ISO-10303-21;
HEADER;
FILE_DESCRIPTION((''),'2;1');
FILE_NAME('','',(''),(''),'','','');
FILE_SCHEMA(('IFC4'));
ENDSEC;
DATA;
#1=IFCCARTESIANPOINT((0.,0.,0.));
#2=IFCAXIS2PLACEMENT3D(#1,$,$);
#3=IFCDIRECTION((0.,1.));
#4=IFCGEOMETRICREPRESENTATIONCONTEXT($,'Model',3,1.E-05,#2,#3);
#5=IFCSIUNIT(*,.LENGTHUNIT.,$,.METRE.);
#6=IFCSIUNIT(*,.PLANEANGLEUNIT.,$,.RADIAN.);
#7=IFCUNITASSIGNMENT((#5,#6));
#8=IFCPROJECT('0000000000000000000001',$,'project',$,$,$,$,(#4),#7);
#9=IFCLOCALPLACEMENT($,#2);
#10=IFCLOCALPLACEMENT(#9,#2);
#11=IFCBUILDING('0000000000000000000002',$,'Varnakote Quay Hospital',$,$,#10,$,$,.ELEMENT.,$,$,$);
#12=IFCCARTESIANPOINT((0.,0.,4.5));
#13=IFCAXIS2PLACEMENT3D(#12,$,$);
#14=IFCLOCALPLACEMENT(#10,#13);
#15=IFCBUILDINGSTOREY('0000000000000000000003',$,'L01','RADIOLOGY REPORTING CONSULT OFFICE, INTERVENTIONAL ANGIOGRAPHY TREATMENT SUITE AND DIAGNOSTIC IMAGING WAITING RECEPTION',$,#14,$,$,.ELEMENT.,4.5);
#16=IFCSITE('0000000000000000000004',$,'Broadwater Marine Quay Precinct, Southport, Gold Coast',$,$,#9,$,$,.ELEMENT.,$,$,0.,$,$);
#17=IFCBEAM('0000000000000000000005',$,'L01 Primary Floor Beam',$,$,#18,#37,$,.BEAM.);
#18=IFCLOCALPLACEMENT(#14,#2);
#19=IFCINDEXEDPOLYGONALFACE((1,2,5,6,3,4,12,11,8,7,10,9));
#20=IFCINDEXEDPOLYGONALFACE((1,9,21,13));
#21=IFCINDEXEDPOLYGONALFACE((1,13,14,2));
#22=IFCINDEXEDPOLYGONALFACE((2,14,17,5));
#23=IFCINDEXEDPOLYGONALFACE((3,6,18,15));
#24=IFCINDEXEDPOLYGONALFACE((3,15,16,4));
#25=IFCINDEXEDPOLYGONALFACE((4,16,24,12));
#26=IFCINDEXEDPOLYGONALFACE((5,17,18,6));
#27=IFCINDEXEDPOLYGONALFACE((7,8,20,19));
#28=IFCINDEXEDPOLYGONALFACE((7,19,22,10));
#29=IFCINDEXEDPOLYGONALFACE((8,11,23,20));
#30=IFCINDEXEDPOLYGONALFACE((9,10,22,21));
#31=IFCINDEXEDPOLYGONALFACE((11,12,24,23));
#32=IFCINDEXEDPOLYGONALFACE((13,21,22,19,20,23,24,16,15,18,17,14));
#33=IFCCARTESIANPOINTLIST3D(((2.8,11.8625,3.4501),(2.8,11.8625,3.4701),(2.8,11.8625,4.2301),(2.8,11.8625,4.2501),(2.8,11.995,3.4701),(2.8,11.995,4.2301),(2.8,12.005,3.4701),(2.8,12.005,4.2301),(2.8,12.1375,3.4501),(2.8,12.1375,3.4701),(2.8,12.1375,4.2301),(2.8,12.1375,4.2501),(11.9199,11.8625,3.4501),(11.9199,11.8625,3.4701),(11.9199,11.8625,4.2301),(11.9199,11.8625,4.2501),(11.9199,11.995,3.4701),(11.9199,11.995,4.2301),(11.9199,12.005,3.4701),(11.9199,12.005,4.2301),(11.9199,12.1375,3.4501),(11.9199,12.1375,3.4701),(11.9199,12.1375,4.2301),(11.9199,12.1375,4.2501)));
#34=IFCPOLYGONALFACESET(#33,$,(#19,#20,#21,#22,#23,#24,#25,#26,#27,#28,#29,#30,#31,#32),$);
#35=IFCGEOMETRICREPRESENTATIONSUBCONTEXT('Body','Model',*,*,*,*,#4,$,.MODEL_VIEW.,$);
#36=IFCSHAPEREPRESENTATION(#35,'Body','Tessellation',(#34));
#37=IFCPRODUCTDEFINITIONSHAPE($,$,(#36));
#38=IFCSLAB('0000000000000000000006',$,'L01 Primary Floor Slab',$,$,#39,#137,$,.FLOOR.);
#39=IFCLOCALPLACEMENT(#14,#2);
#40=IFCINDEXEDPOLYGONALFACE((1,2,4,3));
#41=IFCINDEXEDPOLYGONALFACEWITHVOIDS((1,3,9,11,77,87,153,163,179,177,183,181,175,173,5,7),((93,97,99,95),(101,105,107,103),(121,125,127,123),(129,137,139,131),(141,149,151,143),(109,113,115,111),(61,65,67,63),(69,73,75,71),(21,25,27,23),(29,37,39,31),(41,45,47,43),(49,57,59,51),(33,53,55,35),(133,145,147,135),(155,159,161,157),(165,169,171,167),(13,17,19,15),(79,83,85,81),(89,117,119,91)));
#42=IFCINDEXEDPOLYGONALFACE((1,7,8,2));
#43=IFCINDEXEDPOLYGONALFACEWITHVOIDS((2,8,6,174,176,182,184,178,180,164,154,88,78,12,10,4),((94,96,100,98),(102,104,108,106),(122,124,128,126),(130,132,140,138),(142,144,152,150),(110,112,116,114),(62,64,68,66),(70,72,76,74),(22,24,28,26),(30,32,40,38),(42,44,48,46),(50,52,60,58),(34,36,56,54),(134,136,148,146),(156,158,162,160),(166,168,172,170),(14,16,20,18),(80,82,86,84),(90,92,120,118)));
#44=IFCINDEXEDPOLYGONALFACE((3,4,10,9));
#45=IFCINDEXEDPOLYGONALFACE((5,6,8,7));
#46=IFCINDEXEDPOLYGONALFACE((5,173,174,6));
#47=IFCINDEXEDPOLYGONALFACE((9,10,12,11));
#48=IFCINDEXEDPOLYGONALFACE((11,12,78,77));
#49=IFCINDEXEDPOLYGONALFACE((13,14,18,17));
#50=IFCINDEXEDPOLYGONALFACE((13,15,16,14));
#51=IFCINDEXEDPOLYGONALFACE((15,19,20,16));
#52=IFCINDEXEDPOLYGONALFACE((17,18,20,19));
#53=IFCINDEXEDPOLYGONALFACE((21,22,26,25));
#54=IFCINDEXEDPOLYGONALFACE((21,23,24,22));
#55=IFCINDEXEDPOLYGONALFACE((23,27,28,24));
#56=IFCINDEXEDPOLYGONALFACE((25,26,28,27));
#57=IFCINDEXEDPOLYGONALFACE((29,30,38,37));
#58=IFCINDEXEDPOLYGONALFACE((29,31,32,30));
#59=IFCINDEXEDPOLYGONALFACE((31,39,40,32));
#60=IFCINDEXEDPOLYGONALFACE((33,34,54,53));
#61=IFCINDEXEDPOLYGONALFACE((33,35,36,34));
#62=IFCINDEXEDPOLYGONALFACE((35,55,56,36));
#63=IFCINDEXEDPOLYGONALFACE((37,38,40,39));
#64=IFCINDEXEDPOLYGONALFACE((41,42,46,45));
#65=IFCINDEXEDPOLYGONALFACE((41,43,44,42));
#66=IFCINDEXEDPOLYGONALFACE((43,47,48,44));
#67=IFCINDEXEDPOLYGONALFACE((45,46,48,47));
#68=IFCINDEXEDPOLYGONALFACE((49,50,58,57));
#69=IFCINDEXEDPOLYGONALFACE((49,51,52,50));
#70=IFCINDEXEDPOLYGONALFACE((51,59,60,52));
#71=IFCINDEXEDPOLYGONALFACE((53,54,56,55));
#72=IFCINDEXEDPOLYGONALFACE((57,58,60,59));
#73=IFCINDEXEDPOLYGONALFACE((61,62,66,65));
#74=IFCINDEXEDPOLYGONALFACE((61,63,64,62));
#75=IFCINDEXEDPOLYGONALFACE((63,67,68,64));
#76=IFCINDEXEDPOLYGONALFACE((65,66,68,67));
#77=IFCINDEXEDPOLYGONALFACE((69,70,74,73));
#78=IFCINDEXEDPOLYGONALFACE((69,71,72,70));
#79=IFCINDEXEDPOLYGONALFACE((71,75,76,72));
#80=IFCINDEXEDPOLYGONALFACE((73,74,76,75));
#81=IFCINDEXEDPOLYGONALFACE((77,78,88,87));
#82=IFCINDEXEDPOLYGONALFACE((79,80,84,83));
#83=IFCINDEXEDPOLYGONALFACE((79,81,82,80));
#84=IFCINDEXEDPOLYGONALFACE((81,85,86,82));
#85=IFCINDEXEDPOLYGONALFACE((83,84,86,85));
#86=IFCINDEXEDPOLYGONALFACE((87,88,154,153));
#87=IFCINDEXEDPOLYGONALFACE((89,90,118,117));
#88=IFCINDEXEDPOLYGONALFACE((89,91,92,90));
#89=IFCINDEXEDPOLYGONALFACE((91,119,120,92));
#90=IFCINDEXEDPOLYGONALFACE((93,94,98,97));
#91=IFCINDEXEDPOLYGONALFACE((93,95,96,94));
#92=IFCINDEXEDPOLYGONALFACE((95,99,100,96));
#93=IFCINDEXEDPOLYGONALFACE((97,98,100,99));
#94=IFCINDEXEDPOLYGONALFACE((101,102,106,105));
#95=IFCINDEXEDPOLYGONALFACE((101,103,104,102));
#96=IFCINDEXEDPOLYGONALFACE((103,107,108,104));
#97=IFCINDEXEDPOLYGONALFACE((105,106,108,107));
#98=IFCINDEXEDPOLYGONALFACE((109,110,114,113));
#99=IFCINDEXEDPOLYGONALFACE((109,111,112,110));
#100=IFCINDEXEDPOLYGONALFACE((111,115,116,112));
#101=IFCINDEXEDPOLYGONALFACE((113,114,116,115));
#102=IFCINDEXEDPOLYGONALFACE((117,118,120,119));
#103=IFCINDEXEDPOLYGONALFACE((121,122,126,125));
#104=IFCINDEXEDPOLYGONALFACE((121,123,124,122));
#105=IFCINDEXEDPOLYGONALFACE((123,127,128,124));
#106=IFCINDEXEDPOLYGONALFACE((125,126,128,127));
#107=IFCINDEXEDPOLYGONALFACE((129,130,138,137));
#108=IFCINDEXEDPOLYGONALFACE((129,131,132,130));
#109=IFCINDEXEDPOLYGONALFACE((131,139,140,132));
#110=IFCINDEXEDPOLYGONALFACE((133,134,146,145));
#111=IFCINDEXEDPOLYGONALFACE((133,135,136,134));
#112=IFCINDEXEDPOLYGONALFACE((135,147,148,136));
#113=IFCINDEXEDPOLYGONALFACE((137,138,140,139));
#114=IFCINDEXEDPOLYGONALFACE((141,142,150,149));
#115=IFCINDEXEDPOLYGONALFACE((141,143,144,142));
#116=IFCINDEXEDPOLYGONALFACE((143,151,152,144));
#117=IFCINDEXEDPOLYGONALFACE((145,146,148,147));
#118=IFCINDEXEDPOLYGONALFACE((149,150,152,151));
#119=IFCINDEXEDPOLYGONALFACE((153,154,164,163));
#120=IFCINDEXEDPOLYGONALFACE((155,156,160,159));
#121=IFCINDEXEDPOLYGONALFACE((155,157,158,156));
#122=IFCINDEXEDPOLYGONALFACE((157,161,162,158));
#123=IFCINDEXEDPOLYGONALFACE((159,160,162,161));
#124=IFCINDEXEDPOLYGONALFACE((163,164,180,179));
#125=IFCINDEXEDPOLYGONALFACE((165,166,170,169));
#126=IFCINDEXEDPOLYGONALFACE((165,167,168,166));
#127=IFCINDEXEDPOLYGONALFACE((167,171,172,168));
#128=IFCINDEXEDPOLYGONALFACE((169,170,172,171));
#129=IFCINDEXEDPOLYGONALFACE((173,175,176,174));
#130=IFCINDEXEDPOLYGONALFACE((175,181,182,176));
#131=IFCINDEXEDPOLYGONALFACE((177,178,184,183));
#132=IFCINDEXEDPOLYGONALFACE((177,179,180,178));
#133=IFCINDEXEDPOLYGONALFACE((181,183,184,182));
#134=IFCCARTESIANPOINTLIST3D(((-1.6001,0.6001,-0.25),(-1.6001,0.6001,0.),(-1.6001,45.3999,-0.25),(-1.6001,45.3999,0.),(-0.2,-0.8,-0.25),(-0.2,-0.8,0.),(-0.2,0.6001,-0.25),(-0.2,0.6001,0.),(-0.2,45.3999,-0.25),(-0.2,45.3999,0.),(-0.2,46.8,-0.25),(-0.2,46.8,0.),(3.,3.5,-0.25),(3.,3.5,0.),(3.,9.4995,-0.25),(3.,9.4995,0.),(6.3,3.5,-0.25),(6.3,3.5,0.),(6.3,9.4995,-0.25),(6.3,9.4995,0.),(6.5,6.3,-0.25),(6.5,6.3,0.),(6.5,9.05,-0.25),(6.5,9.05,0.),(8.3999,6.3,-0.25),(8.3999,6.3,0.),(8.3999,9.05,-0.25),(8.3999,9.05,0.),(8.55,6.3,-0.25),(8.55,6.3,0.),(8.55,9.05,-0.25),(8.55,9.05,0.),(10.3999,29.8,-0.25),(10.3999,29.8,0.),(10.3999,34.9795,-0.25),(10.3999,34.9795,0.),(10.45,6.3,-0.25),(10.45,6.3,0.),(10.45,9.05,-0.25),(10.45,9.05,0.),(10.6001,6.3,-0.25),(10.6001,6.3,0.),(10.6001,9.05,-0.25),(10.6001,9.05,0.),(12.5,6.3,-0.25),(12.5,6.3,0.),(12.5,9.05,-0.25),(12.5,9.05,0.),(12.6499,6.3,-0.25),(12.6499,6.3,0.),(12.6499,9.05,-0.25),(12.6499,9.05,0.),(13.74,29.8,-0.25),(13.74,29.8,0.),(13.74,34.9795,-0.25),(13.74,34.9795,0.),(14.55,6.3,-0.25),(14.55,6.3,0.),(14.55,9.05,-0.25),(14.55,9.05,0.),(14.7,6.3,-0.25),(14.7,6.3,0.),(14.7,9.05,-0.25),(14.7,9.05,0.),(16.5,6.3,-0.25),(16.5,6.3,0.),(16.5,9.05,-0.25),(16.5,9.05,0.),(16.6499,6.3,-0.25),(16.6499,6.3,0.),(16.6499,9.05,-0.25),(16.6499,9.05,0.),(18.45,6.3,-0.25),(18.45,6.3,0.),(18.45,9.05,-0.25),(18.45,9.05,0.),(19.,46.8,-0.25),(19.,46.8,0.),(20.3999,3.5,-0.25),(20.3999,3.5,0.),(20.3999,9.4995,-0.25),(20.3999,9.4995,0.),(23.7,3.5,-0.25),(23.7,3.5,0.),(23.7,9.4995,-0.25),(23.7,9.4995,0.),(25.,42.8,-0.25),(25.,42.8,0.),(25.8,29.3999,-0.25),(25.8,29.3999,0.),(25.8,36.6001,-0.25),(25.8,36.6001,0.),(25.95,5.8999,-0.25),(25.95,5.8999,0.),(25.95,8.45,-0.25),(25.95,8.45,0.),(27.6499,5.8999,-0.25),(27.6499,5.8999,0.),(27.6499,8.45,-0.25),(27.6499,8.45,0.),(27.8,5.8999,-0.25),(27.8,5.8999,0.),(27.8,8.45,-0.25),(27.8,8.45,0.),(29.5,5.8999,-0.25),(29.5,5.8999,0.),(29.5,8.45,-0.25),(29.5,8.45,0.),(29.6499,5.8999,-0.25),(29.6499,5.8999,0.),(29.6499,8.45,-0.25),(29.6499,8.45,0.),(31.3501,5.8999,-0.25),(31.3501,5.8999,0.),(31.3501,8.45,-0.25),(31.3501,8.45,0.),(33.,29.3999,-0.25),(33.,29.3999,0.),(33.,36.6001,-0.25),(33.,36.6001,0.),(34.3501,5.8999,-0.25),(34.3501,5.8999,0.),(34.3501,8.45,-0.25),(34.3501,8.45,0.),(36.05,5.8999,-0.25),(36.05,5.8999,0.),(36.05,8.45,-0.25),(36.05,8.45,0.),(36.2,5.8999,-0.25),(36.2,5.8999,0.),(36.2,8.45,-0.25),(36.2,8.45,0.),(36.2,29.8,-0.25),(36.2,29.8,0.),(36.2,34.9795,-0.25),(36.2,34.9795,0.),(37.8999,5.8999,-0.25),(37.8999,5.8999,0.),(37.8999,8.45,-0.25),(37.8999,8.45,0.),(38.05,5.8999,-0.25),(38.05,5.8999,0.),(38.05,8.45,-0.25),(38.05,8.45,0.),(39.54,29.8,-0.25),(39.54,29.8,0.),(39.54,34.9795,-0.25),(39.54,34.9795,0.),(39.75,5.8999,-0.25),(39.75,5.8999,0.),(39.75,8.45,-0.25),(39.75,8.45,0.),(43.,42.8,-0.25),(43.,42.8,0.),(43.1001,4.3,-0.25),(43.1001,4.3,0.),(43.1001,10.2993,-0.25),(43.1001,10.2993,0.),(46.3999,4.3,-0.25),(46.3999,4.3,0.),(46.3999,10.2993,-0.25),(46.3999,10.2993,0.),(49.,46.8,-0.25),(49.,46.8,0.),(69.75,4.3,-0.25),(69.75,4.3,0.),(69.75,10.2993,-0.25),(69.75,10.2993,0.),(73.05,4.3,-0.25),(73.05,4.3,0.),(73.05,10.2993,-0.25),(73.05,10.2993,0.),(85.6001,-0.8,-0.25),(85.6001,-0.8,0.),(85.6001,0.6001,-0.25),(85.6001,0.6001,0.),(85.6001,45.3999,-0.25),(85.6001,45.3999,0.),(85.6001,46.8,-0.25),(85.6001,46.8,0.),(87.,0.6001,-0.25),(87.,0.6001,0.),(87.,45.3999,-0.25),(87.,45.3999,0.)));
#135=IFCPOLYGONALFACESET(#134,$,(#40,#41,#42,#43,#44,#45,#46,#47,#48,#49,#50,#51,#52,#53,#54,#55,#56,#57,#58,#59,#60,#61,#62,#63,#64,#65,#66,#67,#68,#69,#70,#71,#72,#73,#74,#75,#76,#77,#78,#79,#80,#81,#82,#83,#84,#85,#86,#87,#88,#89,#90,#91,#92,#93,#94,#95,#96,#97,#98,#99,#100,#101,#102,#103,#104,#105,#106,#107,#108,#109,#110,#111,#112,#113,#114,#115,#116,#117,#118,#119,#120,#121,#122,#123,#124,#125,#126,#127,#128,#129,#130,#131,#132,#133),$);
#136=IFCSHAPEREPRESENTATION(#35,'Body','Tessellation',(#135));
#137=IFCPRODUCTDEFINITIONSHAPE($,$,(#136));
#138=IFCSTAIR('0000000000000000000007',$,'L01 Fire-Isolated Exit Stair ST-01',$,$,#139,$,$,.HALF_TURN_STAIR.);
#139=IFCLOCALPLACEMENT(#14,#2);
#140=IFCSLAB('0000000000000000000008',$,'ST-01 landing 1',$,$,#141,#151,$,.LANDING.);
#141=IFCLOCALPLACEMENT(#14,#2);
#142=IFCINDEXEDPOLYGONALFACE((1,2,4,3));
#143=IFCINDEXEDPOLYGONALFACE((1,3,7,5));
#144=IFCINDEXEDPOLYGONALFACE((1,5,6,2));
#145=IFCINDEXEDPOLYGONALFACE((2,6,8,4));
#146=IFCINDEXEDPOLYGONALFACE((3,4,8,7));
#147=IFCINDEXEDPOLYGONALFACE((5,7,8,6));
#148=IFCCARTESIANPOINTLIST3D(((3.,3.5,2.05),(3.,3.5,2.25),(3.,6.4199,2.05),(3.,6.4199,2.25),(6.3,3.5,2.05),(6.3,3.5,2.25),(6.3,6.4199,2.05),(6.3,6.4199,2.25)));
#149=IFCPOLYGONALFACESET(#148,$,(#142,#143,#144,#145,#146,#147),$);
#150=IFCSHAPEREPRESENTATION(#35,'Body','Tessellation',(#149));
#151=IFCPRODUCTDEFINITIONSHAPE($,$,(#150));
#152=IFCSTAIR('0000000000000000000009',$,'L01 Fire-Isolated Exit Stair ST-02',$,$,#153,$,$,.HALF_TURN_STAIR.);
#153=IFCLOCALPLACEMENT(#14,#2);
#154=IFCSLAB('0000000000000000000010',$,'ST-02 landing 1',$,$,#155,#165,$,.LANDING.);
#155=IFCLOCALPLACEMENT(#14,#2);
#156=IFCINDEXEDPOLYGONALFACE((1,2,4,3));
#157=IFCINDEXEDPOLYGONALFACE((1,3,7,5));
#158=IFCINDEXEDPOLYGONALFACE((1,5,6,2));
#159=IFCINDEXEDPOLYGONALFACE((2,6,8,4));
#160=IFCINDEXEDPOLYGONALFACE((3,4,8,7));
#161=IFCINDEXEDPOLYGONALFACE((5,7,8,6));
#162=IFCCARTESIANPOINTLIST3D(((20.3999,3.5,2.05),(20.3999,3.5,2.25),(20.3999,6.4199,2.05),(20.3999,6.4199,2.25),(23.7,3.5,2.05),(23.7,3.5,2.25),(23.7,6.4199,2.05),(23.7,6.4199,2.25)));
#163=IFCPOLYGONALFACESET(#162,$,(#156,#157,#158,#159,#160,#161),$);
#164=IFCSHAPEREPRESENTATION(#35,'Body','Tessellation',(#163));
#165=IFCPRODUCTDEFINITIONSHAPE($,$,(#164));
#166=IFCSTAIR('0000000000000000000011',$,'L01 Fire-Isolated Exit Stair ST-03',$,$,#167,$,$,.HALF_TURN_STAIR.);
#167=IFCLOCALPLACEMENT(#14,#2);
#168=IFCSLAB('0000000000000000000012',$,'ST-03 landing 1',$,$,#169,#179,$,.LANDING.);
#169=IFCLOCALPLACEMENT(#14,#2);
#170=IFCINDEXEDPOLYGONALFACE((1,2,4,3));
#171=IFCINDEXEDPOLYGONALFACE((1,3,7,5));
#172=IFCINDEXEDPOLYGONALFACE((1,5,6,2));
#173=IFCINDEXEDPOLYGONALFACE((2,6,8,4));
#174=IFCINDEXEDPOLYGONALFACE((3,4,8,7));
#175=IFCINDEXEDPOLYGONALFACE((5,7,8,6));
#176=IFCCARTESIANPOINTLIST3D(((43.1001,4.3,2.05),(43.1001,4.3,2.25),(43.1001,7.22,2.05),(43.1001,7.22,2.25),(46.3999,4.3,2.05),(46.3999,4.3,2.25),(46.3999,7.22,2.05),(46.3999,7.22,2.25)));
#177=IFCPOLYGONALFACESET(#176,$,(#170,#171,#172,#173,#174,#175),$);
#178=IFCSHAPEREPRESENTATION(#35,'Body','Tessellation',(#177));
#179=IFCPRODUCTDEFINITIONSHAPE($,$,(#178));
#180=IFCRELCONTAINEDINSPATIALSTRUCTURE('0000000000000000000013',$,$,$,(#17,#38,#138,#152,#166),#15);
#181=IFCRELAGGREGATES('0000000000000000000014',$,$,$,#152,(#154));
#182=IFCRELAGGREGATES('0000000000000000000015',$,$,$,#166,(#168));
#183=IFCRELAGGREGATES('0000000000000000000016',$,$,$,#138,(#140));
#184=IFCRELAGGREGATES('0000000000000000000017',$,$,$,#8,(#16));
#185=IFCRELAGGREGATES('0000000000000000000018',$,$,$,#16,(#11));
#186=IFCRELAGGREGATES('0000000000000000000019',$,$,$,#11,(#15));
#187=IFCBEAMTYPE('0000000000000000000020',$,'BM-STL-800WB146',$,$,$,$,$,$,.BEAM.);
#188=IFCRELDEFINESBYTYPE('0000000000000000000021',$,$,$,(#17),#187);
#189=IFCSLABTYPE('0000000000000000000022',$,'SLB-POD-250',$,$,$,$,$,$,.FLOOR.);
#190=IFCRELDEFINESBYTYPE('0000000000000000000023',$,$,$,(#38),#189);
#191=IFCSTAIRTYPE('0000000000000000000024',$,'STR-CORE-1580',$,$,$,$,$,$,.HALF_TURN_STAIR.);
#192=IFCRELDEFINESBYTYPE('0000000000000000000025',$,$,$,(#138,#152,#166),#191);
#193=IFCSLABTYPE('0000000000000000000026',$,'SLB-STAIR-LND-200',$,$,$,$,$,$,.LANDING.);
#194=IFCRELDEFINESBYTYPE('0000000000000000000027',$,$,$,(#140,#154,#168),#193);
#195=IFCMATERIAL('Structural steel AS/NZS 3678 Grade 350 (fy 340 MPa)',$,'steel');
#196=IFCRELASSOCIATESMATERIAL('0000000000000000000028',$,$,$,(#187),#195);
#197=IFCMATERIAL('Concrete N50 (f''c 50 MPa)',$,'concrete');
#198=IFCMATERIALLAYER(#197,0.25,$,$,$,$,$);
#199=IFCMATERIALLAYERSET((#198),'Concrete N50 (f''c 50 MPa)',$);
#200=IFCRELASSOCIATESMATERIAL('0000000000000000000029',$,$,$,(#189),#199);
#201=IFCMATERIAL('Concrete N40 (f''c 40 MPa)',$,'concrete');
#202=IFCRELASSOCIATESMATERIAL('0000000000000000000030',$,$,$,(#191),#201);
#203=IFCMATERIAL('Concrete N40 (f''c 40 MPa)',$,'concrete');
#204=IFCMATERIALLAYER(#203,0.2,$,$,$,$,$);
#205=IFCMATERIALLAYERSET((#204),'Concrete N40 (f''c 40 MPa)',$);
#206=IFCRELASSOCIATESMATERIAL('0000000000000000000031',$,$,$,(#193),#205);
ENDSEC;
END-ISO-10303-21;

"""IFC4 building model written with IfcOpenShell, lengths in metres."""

from ifc_helpers import new_model, si_unit, direction, frame, origin, origin_2d, place, context, subcontext, project, spatial, polyline, i_section, outline, extrude, material, layer, layer_set, material_profile, profile_set, type_object, element, aggregate, save


model = new_model("IFC4")

# Units and contexts
model_context = context("Model", 3, precision=1e-05, world=origin(), true_north=direction((0.0, 1.0)))
body_context = subcontext(model_context, "Body", "Model", "MODEL_VIEW")
ifc_project = project(units=[si_unit("LENGTHUNIT", "METRE"), si_unit("PLANEANGLEUNIT", "RADIAN")], contexts=[model_context])

# Site, building, storey
site_placement = place(None, origin())
site = spatial("IfcSite", under=ifc_project, at=site_placement, Name="Broadwater Marine Quay Precinct, Southport, Gold Coast", CompositionType="ELEMENT", RefElevation=0.0)
building_placement = place(site_placement, origin())
building = spatial("IfcBuilding", under=site, at=building_placement, Name="Varnakote Quay Hospital", CompositionType="ELEMENT")
storey_placement = place(building_placement, frame((0.0, 0.0, 4.5)))
storey = spatial("IfcBuildingStorey", under=building, at=storey_placement, Name="L01", Description="RADIOLOGY REPORTING CONSULT OFFICE, INTERVENTIONAL ANGIOGRAPHY TREATMENT SUITE AND DIAGNOSTIC IMAGING WAITING RECEPTION", CompositionType="ELEMENT", Elevation=4.5)

# Beam
ifc_material_1 = material(Name="Structural steel AS/NZS 3678 Grade 350 (fy 340 MPa)", Category="steel")
ifc_material_profile_1 = material_profile(ifc_material_1, i_section(OverallWidth=0.2749, OverallDepth=0.8, WebThickness=0.01, FlangeThickness=0.02, at=origin_2d()), Name="800WB146")
ifc_profile_set_1 = profile_set([ifc_material_profile_1], Name="Structural steel AS/NZS 3678 Grade 350 (fy 340 MPa)")
beam_type_1 = type_object("IfcBeamType", Name="BM-STL-800WB146", PredefinedType="BEAM", material=ifc_profile_set_1)
beam_1_placement = place(storey_placement, frame((2.8, 12.0, 3.8501), z_axis=(1.0, 0.0, 0.0), x_axis=(0.0, 1.0, 0.0)))
element("IfcBeam", 1, at=beam_1_placement, inside=storey, type_object=beam_type_1, Name="L01 Primary Floor Beam", PredefinedType="BEAM", context=body_context, shape_type="SweptSolid", body=[
    extrude(i_section(OverallWidth=0.2749, OverallDepth=0.8, WebThickness=0.01, FlangeThickness=0.02, at=origin_2d()), origin(), (0.0, 0.0, 1.0), 9.1199),
])

# Slab
ifc_material_2 = material(Name="Concrete N50 (f'c 50 MPa)", Category="concrete")
ifc_layer_1 = layer(ifc_material_2, 0.25)
ifc_layer_set_1 = layer_set([ifc_layer_1], Name="Concrete N50 (f'c 50 MPa)")
slab_type_1 = type_object("IfcSlabType", Name="SLB-POD-250", PredefinedType="FLOOR", material=ifc_layer_set_1)
slab_1_placement = place(storey_placement, frame((0.0, 0.0, -0.25)))
element("IfcSlab", 2, at=slab_1_placement, inside=storey, type_object=slab_type_1, Name="L01 Primary Floor Slab", PredefinedType="FLOOR", context=body_context, shape_type="SweptSolid", body=[
    extrude(outline(polyline([(-1.6001, 0.6001), (-0.2, 0.6001), (-0.2, -0.8), (85.6001, -0.8), (85.6001, 0.6001), (87.0, 0.6001), (87.0, 45.3999), (85.6001, 45.3999), (85.6001, 46.8), (49.0, 46.8), (43.0, 42.8), (25.0, 42.8), (19.0, 46.8), (-0.2, 46.8), (-0.2, 45.3999), (-1.6001, 45.3999), (-1.6001, 0.6001)]), holes=[polyline([(3.0, 3.5), (6.3, 3.5), (6.3, 9.4995), (3.0, 9.4995), (3.0, 3.5)]), polyline([(20.3999, 3.5), (23.7, 3.5), (23.7, 9.4995), (20.3999, 9.4995), (20.3999, 3.5)]), polyline([(43.1001, 4.3), (46.3999, 4.3), (46.3999, 10.2993), (43.1001, 10.2993), (43.1001, 4.3)]), polyline([(10.3999, 29.8), (13.74, 29.8), (13.74, 34.9795), (10.3999, 34.9795), (10.3999, 29.8)]), polyline([(36.2, 29.8), (39.54, 29.8), (39.54, 34.9795), (36.2, 34.9795), (36.2, 29.8)]), polyline([(69.75, 4.3), (73.05, 4.3), (73.05, 10.2993), (69.75, 10.2993), (69.75, 4.3)]), polyline([(6.5, 6.3), (8.3999, 6.3), (8.3999, 9.05), (6.5, 9.05), (6.5, 6.3)]), polyline([(8.55, 6.3), (10.45, 6.3), (10.45, 9.05), (8.55, 9.05), (8.55, 6.3)]), polyline([(10.6001, 6.3), (12.5, 6.3), (12.5, 9.05), (10.6001, 9.05), (10.6001, 6.3)]), polyline([(12.6499, 6.3), (14.55, 6.3), (14.55, 9.05), (12.6499, 9.05), (12.6499, 6.3)]), polyline([(14.7, 6.3), (16.5, 6.3), (16.5, 9.05), (14.7, 9.05), (14.7, 6.3)]), polyline([(16.6499, 6.3), (18.45, 6.3), (18.45, 9.05), (16.6499, 9.05), (16.6499, 6.3)]), polyline([(25.95, 5.8999), (27.6499, 5.8999), (27.6499, 8.45), (25.95, 8.45), (25.95, 5.8999)]), polyline([(27.8, 5.8999), (29.5, 5.8999), (29.5, 8.45), (27.8, 8.45), (27.8, 5.8999)]), polyline([(29.6499, 5.8999), (31.3501, 5.8999), (31.3501, 8.45), (29.6499, 8.45), (29.6499, 5.8999)]), polyline([(34.3501, 5.8999), (36.05, 5.8999), (36.05, 8.45), (34.3501, 8.45), (34.3501, 5.8999)]), polyline([(36.2, 5.8999), (37.8999, 5.8999), (37.8999, 8.45), (36.2, 8.45), (36.2, 5.8999)]), polyline([(38.05, 5.8999), (39.75, 5.8999), (39.75, 8.45), (38.05, 8.45), (38.05, 5.8999)]), polyline([(25.8, 29.3999), (33.0, 29.3999), (33.0, 36.6001), (25.8, 36.6001), (25.8, 29.3999)])]), origin(), (0.0, 0.0, 1.0), 0.25),
])

# Stairs, slabs
ifc_material_3 = material(Name="Concrete N40 (f'c 40 MPa)", Category="concrete")
stair_type_1 = type_object("IfcStairType", Name="STR-CORE-1580", PredefinedType="HALF_TURN_STAIR", material=ifc_material_3)
stair_1_placement = place(storey_placement, origin())
stair_1 = element("IfcStair", 3, at=stair_1_placement, inside=storey, type_object=stair_type_1, Name="L01 Fire-Isolated Exit Stair ST-01", PredefinedType="HALF_TURN_STAIR")
ifc_material_4 = material(Name="Concrete N40 (f'c 40 MPa)", Category="concrete")
ifc_layer_2 = layer(ifc_material_4, 0.2)
ifc_layer_set_2 = layer_set([ifc_layer_2], Name="Concrete N40 (f'c 40 MPa)")
slab_type_2 = type_object("IfcSlabType", Name="SLB-STAIR-LND-200", PredefinedType="LANDING", material=ifc_layer_set_2)
slab_2_placement = place(storey_placement, frame((0.0, 0.0, 2.05)))
slab_2 = element("IfcSlab", 4, at=slab_2_placement, type_object=slab_type_2, Name="ST-01 landing 1", PredefinedType="LANDING", context=body_context, shape_type="SweptSolid", body=[
    extrude(outline(polyline([(3.0, 6.4199), (3.0, 3.5), (6.3, 3.5), (6.3, 6.4199), (3.0, 6.4199)])), origin(), (0.0, 0.0, 1.0), 0.2),
])
stair_2_placement = place(storey_placement, origin())
stair_2 = element("IfcStair", 5, at=stair_2_placement, inside=storey, type_object=stair_type_1, Name="L01 Fire-Isolated Exit Stair ST-02", PredefinedType="HALF_TURN_STAIR")
slab_3_placement = place(storey_placement, frame((0.0, 0.0, 2.05)))
slab_3 = element("IfcSlab", 6, at=slab_3_placement, type_object=slab_type_2, Name="ST-02 landing 1", PredefinedType="LANDING", context=body_context, shape_type="SweptSolid", body=[
    extrude(outline(polyline([(20.3999, 6.4199), (20.3999, 3.5), (23.7, 3.5), (23.7, 6.4199), (20.3999, 6.4199)])), origin(), (0.0, 0.0, 1.0), 0.2),
])
aggregate(stair_2, [slab_3])
stair_3_placement = place(storey_placement, origin())
stair_3 = element("IfcStair", 7, at=stair_3_placement, inside=storey, type_object=stair_type_1, Name="L01 Fire-Isolated Exit Stair ST-03", PredefinedType="HALF_TURN_STAIR")
slab_4_placement = place(storey_placement, frame((0.0, 0.0, 2.05)))
slab_4 = element("IfcSlab", 8, at=slab_4_placement, type_object=slab_type_2, Name="ST-03 landing 1", PredefinedType="LANDING", context=body_context, shape_type="SweptSolid", body=[
    extrude(outline(polyline([(43.1001, 7.22), (43.1001, 4.3), (46.3999, 4.3), (46.3999, 7.22), (43.1001, 7.22)])), origin(), (0.0, 0.0, 1.0), 0.2),
])
aggregate(stair_3, [slab_4])

aggregate(stair_1, [slab_2])

save(model, "model.ifc")
